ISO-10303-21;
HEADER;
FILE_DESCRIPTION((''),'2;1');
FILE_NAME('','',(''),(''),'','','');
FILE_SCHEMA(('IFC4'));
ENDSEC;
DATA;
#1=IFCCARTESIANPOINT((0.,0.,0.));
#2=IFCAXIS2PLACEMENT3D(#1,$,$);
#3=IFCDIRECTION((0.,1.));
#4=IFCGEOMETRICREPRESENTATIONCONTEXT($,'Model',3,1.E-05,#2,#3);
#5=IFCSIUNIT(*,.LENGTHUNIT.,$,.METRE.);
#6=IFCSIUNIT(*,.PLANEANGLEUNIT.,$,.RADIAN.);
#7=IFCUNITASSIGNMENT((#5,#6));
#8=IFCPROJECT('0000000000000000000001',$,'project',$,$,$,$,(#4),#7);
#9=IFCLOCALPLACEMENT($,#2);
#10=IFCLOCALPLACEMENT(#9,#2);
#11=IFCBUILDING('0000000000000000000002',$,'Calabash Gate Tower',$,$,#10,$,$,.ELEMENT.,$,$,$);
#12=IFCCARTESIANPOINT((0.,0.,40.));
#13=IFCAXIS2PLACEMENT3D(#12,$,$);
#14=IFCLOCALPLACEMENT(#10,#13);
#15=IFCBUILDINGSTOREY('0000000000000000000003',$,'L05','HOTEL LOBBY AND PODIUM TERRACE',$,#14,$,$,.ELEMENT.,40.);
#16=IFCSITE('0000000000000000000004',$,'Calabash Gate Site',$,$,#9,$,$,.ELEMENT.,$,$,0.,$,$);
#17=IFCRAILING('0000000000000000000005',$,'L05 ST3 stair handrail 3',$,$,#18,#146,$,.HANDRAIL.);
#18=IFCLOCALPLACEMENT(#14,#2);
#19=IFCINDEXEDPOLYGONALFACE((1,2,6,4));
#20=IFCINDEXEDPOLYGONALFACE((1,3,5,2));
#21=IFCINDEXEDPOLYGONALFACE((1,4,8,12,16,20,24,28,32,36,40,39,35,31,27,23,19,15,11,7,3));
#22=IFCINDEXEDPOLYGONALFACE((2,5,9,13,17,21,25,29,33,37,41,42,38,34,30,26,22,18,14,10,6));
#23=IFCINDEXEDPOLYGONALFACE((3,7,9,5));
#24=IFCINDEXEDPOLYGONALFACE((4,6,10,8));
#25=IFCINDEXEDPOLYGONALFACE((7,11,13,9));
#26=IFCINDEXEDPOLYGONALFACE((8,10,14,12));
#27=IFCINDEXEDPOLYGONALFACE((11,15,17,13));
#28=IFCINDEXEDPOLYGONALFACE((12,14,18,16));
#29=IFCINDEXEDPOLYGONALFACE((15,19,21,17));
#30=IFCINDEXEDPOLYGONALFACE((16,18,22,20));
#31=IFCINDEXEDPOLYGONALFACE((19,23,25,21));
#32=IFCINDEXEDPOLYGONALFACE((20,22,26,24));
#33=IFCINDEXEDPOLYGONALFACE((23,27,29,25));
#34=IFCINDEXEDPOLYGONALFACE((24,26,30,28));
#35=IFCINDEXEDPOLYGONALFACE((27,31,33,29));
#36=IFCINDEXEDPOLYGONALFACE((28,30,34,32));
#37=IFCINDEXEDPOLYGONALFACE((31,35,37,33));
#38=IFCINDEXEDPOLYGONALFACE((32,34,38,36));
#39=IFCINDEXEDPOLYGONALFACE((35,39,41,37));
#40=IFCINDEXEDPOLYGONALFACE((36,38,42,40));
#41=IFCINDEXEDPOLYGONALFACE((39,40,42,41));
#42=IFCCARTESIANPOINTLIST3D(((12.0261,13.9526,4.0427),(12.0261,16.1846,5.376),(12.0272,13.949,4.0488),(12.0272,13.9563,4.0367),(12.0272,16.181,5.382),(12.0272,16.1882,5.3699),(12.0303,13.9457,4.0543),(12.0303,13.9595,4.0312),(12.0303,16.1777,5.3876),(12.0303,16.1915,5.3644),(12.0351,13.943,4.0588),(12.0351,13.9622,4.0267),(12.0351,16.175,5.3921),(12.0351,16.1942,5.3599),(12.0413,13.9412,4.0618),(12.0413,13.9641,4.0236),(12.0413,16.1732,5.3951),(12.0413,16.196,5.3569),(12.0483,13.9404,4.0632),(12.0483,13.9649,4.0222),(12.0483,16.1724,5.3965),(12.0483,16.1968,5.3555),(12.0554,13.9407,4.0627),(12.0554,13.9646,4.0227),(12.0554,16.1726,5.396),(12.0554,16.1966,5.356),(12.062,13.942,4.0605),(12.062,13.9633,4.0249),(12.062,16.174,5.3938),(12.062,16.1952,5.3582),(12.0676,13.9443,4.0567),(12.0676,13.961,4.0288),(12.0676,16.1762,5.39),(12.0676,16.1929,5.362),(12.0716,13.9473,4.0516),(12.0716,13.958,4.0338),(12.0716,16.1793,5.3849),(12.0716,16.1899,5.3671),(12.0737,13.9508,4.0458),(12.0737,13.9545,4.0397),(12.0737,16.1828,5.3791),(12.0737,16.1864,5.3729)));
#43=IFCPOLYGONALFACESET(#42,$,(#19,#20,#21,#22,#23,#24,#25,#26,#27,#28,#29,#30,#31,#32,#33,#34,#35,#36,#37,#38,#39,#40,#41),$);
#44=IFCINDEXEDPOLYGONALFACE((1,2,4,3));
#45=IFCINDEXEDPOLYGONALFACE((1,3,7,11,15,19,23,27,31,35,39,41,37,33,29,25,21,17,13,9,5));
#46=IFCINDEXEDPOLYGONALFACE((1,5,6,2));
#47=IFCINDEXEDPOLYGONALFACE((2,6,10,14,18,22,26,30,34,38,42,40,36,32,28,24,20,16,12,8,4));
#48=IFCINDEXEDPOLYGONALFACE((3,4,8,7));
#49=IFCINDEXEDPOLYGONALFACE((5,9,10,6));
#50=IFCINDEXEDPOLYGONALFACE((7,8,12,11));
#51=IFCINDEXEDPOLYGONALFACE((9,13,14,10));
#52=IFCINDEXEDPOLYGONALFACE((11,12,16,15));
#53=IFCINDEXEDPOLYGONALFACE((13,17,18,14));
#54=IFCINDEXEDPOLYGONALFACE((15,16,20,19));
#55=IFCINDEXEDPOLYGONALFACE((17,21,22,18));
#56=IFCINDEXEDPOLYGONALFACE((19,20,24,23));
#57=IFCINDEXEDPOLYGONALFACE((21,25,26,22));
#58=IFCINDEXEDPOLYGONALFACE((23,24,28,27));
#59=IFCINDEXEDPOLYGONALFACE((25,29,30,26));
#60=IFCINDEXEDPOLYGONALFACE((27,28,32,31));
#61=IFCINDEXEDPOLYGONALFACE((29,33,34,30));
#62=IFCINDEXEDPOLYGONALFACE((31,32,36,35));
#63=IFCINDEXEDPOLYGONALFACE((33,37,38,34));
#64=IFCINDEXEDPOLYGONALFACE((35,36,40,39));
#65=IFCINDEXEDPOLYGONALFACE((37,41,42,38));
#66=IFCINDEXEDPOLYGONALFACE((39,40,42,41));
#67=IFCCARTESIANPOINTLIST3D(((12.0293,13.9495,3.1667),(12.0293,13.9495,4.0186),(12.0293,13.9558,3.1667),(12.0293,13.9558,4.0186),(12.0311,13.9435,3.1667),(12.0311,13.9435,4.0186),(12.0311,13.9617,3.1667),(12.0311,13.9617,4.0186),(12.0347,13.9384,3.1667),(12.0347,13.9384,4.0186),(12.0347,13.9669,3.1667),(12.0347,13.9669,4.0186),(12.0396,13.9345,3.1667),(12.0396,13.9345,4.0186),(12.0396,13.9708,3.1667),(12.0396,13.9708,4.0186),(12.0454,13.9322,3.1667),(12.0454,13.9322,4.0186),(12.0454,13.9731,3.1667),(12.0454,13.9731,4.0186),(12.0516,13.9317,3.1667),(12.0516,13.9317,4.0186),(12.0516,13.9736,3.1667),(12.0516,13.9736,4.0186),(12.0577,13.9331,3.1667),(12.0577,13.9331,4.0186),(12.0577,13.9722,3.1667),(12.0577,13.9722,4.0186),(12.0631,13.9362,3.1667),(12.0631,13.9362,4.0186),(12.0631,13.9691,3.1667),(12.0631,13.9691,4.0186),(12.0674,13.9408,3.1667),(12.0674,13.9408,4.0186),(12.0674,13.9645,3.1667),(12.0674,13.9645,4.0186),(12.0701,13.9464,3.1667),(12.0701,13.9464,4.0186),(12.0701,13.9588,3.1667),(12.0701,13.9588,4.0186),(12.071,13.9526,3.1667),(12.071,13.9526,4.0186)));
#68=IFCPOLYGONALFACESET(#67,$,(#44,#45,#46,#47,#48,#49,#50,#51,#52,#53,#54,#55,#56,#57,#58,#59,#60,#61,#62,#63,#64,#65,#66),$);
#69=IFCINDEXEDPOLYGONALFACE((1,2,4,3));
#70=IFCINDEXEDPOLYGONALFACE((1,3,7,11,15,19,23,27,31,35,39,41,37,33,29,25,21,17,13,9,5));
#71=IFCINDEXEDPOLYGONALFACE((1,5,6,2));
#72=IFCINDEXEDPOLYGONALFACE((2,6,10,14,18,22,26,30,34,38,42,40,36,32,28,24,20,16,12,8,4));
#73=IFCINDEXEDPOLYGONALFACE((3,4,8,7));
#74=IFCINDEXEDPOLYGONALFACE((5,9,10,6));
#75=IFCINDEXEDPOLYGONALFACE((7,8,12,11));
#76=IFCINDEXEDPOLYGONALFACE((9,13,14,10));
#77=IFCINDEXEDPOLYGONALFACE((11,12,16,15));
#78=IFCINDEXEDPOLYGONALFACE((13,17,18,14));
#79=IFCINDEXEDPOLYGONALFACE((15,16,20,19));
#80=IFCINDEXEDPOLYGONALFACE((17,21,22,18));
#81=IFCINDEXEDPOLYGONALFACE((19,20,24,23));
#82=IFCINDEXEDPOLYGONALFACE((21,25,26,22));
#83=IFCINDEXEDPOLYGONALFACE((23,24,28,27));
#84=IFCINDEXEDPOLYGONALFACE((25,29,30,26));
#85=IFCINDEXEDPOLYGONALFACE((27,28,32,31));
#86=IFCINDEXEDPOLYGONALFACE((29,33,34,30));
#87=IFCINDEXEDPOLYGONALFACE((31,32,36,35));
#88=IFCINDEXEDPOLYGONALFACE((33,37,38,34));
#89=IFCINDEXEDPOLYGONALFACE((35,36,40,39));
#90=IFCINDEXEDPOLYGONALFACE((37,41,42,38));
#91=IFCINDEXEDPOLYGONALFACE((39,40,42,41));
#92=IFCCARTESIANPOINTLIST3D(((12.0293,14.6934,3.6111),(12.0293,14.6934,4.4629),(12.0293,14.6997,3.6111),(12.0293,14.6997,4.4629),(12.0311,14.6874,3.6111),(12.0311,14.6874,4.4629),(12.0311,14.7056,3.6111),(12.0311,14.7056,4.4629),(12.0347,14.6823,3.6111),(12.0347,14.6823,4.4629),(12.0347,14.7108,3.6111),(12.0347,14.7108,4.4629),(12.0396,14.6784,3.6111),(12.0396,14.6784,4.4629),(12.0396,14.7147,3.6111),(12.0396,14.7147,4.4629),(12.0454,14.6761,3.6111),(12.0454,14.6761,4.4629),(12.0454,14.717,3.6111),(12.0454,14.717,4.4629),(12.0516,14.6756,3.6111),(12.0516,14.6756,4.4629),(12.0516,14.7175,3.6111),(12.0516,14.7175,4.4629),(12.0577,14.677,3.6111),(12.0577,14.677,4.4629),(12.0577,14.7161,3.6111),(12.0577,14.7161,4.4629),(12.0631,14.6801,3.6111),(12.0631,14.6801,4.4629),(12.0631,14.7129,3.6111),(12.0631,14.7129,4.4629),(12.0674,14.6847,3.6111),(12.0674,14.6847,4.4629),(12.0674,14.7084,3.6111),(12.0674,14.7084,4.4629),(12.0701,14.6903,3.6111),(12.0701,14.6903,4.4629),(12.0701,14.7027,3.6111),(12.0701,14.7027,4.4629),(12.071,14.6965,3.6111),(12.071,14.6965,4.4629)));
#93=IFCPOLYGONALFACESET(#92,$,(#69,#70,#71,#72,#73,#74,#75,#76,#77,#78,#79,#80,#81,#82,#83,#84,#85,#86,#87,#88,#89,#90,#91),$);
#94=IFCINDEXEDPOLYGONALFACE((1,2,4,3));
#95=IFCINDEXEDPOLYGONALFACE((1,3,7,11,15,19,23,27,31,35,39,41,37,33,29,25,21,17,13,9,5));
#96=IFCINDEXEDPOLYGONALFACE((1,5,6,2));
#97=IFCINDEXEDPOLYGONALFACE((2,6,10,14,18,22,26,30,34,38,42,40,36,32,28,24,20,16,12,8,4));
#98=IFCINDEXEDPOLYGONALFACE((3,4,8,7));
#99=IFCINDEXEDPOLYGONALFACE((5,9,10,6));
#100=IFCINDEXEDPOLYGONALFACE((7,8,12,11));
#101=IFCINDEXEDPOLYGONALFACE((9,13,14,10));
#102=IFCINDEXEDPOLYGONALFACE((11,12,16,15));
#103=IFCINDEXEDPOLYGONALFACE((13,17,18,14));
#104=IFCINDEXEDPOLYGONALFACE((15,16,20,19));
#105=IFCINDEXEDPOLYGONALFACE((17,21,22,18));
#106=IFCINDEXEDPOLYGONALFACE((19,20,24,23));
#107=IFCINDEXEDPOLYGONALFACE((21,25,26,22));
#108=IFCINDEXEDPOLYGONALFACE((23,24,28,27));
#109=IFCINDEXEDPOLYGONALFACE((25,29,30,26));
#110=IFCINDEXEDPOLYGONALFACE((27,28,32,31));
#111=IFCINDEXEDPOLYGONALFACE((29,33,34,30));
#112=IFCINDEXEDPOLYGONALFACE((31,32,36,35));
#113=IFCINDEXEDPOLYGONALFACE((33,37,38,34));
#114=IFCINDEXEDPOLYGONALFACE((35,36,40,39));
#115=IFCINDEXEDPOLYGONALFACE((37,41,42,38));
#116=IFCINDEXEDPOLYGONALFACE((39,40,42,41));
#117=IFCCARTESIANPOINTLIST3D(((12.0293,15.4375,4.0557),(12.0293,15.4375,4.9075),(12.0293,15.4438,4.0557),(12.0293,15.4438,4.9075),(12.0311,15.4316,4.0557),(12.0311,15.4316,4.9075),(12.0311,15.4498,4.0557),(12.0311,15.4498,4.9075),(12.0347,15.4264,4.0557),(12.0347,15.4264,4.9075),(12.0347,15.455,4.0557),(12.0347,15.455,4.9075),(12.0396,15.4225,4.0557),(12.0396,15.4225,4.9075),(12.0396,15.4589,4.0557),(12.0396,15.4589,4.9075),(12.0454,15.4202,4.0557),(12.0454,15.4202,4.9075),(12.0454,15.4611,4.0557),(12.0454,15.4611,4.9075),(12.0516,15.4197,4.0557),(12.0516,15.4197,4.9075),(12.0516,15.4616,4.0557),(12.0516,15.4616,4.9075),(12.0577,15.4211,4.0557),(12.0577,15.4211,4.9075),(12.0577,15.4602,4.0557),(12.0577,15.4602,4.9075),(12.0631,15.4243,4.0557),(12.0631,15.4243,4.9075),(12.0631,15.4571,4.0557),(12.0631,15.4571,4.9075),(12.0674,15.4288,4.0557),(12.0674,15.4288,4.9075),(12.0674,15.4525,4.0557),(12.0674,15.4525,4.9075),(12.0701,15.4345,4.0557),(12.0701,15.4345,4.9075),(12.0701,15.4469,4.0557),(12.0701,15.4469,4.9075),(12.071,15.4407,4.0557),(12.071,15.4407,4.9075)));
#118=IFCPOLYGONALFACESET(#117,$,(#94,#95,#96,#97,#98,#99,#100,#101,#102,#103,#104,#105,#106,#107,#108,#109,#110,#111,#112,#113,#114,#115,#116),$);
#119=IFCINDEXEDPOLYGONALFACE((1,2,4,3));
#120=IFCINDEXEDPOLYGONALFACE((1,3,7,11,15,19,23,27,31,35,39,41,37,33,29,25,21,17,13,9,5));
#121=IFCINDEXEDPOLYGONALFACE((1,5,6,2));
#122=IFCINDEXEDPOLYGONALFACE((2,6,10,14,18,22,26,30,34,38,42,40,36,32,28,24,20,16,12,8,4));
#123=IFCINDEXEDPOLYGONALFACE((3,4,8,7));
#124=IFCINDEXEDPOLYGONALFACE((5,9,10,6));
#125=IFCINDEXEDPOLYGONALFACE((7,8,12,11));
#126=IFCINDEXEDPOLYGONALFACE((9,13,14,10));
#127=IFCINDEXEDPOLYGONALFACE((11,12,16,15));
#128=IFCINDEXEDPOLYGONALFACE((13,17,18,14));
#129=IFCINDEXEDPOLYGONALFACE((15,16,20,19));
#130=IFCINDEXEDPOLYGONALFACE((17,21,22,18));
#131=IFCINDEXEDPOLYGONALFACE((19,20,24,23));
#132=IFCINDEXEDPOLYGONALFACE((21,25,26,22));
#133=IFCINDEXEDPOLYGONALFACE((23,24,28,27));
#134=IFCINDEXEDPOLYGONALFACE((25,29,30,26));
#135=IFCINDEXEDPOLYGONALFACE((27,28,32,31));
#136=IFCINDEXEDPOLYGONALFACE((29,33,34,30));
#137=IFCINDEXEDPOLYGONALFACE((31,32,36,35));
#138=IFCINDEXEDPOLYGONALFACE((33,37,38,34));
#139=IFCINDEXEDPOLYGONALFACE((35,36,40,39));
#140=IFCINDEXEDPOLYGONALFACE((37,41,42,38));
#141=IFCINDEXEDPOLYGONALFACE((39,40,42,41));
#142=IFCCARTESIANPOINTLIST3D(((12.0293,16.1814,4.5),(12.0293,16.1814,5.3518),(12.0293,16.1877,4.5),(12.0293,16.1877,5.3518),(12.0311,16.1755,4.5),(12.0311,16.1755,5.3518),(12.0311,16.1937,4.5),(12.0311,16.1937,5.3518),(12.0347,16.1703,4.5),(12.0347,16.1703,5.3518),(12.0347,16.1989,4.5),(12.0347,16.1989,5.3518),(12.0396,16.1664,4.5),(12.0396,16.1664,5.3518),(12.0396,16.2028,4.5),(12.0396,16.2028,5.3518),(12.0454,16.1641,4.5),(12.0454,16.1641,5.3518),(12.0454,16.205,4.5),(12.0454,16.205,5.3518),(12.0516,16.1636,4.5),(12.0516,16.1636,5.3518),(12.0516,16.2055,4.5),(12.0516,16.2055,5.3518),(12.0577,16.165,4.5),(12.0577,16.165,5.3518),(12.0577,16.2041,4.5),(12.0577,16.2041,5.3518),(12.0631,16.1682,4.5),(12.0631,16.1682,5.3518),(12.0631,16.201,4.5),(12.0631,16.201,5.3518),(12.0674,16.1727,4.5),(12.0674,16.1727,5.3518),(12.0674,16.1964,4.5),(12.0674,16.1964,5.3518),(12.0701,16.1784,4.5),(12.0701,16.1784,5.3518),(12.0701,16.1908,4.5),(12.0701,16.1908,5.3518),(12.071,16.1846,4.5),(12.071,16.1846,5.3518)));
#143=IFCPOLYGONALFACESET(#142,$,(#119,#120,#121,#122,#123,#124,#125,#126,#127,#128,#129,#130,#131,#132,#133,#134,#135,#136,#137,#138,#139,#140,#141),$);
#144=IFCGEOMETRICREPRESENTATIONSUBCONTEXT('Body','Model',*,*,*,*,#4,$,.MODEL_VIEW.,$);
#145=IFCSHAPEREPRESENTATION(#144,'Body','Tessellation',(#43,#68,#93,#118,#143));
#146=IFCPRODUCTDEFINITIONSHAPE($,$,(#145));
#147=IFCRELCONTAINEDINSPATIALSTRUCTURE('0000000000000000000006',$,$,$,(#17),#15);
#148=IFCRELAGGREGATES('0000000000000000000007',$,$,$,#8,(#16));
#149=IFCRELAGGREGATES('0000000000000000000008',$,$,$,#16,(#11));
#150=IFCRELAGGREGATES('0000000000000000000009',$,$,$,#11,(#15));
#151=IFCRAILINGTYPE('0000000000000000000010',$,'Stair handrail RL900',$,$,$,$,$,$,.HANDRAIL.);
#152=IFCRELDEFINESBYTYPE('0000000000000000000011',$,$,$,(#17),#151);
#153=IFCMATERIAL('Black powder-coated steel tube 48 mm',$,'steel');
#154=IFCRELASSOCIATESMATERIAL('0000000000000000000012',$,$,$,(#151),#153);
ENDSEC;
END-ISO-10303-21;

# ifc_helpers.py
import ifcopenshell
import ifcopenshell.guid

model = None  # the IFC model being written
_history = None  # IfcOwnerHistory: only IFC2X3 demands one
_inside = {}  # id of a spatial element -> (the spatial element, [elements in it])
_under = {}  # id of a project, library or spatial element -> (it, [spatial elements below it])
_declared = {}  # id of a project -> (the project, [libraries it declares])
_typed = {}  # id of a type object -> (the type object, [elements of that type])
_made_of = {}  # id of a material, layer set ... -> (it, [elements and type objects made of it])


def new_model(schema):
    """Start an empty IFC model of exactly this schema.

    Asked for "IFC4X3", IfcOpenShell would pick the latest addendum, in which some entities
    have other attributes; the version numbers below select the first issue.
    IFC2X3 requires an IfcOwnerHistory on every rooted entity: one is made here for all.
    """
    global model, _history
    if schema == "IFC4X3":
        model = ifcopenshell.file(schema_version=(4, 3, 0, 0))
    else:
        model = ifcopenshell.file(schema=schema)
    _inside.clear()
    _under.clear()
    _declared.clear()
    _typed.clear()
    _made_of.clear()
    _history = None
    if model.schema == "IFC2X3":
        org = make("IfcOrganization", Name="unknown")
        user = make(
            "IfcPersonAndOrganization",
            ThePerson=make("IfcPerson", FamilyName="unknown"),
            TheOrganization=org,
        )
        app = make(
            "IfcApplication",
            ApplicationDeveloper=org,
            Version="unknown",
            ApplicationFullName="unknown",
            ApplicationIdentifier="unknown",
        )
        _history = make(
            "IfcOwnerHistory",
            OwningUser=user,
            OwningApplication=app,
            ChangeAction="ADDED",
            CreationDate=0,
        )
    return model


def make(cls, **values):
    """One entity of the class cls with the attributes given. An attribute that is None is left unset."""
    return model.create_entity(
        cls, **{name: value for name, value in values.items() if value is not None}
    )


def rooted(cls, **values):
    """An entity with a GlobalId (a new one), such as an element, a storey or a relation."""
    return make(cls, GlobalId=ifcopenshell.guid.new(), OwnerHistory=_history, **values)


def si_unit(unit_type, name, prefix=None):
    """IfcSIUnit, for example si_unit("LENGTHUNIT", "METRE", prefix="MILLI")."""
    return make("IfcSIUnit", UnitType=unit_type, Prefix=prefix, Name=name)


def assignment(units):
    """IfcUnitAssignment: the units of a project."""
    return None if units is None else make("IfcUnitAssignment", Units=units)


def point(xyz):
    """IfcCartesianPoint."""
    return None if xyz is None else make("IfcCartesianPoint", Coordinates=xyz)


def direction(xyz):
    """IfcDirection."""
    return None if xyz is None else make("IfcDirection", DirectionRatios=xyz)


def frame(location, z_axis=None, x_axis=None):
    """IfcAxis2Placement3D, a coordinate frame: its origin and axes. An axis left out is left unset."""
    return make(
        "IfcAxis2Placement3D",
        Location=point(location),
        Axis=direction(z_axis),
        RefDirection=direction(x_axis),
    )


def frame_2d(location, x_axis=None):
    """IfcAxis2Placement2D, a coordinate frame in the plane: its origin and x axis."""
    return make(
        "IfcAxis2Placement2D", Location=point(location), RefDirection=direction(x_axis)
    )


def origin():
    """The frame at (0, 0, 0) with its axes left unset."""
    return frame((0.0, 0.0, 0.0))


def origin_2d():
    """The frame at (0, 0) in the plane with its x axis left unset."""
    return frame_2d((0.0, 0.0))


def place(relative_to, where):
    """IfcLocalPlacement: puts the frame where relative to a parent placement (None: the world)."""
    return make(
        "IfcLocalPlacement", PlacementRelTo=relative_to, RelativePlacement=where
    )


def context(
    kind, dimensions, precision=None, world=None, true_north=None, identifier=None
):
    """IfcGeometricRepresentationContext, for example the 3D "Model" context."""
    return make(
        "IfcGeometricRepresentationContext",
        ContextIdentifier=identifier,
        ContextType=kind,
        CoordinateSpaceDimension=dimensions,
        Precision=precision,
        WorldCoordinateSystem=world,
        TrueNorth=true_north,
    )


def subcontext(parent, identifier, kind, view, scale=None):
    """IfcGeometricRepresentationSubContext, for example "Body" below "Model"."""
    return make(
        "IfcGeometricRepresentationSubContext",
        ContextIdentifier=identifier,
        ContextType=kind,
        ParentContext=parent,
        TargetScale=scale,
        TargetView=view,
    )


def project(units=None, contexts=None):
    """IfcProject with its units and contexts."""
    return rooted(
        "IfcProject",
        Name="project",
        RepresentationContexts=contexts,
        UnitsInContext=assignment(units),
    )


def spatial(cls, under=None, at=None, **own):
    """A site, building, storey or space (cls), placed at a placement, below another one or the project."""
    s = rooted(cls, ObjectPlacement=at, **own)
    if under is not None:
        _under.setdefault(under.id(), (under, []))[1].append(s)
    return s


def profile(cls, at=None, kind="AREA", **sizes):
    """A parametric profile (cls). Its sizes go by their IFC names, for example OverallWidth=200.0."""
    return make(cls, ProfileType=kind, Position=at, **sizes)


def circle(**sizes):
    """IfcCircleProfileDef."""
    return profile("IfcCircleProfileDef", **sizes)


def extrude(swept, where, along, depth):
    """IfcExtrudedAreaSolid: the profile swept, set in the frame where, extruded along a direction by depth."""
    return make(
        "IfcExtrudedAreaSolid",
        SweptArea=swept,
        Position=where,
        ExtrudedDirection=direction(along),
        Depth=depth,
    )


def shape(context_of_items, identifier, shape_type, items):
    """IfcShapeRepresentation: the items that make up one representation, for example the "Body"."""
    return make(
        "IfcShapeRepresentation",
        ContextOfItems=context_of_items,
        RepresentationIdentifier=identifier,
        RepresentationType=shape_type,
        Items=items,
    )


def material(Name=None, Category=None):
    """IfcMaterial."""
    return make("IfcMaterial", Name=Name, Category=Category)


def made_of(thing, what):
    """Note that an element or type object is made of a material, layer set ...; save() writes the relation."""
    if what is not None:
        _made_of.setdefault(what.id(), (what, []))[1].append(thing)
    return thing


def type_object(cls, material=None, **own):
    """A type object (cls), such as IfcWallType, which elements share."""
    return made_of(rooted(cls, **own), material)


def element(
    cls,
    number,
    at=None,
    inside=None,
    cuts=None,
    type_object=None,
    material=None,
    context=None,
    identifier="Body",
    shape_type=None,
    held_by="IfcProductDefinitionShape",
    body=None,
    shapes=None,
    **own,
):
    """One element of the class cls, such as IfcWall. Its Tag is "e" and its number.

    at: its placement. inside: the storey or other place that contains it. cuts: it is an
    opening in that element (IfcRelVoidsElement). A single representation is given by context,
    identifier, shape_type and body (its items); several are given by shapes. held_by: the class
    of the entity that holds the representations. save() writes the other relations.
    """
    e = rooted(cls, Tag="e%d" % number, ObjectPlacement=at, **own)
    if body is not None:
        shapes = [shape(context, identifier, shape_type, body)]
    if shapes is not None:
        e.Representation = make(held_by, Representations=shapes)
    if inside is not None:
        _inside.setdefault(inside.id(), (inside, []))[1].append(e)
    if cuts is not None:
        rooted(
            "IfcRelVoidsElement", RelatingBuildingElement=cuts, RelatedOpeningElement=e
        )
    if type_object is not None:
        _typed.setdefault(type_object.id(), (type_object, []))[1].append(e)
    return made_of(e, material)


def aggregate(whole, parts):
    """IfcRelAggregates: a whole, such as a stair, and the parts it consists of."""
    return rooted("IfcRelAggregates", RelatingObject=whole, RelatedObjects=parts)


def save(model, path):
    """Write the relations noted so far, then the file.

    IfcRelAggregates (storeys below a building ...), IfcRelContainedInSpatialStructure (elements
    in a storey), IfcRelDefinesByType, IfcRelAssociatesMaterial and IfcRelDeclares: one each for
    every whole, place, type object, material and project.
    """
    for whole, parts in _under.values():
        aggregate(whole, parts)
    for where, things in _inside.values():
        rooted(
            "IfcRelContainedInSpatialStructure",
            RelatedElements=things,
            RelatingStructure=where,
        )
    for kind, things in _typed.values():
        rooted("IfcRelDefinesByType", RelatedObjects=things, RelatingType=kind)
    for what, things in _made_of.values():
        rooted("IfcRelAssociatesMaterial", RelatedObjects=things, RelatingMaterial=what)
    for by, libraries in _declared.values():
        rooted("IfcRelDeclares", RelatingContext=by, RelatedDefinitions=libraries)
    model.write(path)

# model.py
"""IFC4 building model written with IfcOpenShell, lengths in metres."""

from ifc_helpers import new_model, si_unit, direction, frame, origin, origin_2d, place, context, subcontext, project, spatial, circle, extrude, material, type_object, element, save


model = new_model("IFC4")

# Units and contexts
model_context = context("Model", 3, precision=1e-05, world=origin(), true_north=direction((0.0, 1.0)))
body_context = subcontext(model_context, "Body", "Model", "MODEL_VIEW")
ifc_project = project(units=[si_unit("LENGTHUNIT", "METRE"), si_unit("PLANEANGLEUNIT", "RADIAN")], contexts=[model_context])

# Site, building, storey
site_placement = place(None, origin())
site = spatial("IfcSite", under=ifc_project, at=site_placement, Name="Calabash Gate Site", CompositionType="ELEMENT", RefElevation=0.0)
building_placement = place(site_placement, origin())
building = spatial("IfcBuilding", under=site, at=building_placement, Name="Calabash Gate Tower", CompositionType="ELEMENT")
storey_placement = place(building_placement, frame((0.0, 0.0, 40.0)))
storey = spatial("IfcBuildingStorey", under=building, at=storey_placement, Name="L05", Description="HOTEL LOBBY AND PODIUM TERRACE", CompositionType="ELEMENT", Elevation=40.0)

# Railing
ifc_material_1 = material(Name="Black powder-coated steel tube 48 mm", Category="steel")
railing_type = type_object("IfcRailingType", Name="Stair handrail RL900", PredefinedType="HANDRAIL", material=ifc_material_1)
railing_1_placement = place(storey_placement, frame((12.05, 13.9526, 3.1667)))
element("IfcRailing", 1, at=railing_1_placement, inside=storey, type_object=railing_type, Name="L05 ST3 stair handrail 3", PredefinedType="HANDRAIL", context=body_context, shape_type="SweptSolid", body=[
    extrude(circle(Radius=0.0239, at=origin_2d()), frame((0.0, 0.0, 0.876), z_axis=(0.0, 0.858494, 0.512824), x_axis=(-1.0, 0.0, 0.0)), (0.0, 0.0, 1.0), 2.5999),
    extrude(circle(Radius=0.021, at=origin_2d()), origin(), (0.0, 0.0, 1.0), 0.8518),
    extrude(circle(Radius=0.021, at=origin_2d()), frame((0.0, 0.7439, 0.4443)), (0.0, 0.0, 1.0), 0.8518),
    extrude(circle(Radius=0.021, at=origin_2d()), frame((0.0, 1.488, 0.8889)), (0.0, 0.0, 1.0), 0.8518),
    extrude(circle(Radius=0.021, at=origin_2d()), frame((0.0, 2.2319, 1.3333)), (0.0, 0.0, 1.0), 0.8518),
])

save(model, "model.ifc")
